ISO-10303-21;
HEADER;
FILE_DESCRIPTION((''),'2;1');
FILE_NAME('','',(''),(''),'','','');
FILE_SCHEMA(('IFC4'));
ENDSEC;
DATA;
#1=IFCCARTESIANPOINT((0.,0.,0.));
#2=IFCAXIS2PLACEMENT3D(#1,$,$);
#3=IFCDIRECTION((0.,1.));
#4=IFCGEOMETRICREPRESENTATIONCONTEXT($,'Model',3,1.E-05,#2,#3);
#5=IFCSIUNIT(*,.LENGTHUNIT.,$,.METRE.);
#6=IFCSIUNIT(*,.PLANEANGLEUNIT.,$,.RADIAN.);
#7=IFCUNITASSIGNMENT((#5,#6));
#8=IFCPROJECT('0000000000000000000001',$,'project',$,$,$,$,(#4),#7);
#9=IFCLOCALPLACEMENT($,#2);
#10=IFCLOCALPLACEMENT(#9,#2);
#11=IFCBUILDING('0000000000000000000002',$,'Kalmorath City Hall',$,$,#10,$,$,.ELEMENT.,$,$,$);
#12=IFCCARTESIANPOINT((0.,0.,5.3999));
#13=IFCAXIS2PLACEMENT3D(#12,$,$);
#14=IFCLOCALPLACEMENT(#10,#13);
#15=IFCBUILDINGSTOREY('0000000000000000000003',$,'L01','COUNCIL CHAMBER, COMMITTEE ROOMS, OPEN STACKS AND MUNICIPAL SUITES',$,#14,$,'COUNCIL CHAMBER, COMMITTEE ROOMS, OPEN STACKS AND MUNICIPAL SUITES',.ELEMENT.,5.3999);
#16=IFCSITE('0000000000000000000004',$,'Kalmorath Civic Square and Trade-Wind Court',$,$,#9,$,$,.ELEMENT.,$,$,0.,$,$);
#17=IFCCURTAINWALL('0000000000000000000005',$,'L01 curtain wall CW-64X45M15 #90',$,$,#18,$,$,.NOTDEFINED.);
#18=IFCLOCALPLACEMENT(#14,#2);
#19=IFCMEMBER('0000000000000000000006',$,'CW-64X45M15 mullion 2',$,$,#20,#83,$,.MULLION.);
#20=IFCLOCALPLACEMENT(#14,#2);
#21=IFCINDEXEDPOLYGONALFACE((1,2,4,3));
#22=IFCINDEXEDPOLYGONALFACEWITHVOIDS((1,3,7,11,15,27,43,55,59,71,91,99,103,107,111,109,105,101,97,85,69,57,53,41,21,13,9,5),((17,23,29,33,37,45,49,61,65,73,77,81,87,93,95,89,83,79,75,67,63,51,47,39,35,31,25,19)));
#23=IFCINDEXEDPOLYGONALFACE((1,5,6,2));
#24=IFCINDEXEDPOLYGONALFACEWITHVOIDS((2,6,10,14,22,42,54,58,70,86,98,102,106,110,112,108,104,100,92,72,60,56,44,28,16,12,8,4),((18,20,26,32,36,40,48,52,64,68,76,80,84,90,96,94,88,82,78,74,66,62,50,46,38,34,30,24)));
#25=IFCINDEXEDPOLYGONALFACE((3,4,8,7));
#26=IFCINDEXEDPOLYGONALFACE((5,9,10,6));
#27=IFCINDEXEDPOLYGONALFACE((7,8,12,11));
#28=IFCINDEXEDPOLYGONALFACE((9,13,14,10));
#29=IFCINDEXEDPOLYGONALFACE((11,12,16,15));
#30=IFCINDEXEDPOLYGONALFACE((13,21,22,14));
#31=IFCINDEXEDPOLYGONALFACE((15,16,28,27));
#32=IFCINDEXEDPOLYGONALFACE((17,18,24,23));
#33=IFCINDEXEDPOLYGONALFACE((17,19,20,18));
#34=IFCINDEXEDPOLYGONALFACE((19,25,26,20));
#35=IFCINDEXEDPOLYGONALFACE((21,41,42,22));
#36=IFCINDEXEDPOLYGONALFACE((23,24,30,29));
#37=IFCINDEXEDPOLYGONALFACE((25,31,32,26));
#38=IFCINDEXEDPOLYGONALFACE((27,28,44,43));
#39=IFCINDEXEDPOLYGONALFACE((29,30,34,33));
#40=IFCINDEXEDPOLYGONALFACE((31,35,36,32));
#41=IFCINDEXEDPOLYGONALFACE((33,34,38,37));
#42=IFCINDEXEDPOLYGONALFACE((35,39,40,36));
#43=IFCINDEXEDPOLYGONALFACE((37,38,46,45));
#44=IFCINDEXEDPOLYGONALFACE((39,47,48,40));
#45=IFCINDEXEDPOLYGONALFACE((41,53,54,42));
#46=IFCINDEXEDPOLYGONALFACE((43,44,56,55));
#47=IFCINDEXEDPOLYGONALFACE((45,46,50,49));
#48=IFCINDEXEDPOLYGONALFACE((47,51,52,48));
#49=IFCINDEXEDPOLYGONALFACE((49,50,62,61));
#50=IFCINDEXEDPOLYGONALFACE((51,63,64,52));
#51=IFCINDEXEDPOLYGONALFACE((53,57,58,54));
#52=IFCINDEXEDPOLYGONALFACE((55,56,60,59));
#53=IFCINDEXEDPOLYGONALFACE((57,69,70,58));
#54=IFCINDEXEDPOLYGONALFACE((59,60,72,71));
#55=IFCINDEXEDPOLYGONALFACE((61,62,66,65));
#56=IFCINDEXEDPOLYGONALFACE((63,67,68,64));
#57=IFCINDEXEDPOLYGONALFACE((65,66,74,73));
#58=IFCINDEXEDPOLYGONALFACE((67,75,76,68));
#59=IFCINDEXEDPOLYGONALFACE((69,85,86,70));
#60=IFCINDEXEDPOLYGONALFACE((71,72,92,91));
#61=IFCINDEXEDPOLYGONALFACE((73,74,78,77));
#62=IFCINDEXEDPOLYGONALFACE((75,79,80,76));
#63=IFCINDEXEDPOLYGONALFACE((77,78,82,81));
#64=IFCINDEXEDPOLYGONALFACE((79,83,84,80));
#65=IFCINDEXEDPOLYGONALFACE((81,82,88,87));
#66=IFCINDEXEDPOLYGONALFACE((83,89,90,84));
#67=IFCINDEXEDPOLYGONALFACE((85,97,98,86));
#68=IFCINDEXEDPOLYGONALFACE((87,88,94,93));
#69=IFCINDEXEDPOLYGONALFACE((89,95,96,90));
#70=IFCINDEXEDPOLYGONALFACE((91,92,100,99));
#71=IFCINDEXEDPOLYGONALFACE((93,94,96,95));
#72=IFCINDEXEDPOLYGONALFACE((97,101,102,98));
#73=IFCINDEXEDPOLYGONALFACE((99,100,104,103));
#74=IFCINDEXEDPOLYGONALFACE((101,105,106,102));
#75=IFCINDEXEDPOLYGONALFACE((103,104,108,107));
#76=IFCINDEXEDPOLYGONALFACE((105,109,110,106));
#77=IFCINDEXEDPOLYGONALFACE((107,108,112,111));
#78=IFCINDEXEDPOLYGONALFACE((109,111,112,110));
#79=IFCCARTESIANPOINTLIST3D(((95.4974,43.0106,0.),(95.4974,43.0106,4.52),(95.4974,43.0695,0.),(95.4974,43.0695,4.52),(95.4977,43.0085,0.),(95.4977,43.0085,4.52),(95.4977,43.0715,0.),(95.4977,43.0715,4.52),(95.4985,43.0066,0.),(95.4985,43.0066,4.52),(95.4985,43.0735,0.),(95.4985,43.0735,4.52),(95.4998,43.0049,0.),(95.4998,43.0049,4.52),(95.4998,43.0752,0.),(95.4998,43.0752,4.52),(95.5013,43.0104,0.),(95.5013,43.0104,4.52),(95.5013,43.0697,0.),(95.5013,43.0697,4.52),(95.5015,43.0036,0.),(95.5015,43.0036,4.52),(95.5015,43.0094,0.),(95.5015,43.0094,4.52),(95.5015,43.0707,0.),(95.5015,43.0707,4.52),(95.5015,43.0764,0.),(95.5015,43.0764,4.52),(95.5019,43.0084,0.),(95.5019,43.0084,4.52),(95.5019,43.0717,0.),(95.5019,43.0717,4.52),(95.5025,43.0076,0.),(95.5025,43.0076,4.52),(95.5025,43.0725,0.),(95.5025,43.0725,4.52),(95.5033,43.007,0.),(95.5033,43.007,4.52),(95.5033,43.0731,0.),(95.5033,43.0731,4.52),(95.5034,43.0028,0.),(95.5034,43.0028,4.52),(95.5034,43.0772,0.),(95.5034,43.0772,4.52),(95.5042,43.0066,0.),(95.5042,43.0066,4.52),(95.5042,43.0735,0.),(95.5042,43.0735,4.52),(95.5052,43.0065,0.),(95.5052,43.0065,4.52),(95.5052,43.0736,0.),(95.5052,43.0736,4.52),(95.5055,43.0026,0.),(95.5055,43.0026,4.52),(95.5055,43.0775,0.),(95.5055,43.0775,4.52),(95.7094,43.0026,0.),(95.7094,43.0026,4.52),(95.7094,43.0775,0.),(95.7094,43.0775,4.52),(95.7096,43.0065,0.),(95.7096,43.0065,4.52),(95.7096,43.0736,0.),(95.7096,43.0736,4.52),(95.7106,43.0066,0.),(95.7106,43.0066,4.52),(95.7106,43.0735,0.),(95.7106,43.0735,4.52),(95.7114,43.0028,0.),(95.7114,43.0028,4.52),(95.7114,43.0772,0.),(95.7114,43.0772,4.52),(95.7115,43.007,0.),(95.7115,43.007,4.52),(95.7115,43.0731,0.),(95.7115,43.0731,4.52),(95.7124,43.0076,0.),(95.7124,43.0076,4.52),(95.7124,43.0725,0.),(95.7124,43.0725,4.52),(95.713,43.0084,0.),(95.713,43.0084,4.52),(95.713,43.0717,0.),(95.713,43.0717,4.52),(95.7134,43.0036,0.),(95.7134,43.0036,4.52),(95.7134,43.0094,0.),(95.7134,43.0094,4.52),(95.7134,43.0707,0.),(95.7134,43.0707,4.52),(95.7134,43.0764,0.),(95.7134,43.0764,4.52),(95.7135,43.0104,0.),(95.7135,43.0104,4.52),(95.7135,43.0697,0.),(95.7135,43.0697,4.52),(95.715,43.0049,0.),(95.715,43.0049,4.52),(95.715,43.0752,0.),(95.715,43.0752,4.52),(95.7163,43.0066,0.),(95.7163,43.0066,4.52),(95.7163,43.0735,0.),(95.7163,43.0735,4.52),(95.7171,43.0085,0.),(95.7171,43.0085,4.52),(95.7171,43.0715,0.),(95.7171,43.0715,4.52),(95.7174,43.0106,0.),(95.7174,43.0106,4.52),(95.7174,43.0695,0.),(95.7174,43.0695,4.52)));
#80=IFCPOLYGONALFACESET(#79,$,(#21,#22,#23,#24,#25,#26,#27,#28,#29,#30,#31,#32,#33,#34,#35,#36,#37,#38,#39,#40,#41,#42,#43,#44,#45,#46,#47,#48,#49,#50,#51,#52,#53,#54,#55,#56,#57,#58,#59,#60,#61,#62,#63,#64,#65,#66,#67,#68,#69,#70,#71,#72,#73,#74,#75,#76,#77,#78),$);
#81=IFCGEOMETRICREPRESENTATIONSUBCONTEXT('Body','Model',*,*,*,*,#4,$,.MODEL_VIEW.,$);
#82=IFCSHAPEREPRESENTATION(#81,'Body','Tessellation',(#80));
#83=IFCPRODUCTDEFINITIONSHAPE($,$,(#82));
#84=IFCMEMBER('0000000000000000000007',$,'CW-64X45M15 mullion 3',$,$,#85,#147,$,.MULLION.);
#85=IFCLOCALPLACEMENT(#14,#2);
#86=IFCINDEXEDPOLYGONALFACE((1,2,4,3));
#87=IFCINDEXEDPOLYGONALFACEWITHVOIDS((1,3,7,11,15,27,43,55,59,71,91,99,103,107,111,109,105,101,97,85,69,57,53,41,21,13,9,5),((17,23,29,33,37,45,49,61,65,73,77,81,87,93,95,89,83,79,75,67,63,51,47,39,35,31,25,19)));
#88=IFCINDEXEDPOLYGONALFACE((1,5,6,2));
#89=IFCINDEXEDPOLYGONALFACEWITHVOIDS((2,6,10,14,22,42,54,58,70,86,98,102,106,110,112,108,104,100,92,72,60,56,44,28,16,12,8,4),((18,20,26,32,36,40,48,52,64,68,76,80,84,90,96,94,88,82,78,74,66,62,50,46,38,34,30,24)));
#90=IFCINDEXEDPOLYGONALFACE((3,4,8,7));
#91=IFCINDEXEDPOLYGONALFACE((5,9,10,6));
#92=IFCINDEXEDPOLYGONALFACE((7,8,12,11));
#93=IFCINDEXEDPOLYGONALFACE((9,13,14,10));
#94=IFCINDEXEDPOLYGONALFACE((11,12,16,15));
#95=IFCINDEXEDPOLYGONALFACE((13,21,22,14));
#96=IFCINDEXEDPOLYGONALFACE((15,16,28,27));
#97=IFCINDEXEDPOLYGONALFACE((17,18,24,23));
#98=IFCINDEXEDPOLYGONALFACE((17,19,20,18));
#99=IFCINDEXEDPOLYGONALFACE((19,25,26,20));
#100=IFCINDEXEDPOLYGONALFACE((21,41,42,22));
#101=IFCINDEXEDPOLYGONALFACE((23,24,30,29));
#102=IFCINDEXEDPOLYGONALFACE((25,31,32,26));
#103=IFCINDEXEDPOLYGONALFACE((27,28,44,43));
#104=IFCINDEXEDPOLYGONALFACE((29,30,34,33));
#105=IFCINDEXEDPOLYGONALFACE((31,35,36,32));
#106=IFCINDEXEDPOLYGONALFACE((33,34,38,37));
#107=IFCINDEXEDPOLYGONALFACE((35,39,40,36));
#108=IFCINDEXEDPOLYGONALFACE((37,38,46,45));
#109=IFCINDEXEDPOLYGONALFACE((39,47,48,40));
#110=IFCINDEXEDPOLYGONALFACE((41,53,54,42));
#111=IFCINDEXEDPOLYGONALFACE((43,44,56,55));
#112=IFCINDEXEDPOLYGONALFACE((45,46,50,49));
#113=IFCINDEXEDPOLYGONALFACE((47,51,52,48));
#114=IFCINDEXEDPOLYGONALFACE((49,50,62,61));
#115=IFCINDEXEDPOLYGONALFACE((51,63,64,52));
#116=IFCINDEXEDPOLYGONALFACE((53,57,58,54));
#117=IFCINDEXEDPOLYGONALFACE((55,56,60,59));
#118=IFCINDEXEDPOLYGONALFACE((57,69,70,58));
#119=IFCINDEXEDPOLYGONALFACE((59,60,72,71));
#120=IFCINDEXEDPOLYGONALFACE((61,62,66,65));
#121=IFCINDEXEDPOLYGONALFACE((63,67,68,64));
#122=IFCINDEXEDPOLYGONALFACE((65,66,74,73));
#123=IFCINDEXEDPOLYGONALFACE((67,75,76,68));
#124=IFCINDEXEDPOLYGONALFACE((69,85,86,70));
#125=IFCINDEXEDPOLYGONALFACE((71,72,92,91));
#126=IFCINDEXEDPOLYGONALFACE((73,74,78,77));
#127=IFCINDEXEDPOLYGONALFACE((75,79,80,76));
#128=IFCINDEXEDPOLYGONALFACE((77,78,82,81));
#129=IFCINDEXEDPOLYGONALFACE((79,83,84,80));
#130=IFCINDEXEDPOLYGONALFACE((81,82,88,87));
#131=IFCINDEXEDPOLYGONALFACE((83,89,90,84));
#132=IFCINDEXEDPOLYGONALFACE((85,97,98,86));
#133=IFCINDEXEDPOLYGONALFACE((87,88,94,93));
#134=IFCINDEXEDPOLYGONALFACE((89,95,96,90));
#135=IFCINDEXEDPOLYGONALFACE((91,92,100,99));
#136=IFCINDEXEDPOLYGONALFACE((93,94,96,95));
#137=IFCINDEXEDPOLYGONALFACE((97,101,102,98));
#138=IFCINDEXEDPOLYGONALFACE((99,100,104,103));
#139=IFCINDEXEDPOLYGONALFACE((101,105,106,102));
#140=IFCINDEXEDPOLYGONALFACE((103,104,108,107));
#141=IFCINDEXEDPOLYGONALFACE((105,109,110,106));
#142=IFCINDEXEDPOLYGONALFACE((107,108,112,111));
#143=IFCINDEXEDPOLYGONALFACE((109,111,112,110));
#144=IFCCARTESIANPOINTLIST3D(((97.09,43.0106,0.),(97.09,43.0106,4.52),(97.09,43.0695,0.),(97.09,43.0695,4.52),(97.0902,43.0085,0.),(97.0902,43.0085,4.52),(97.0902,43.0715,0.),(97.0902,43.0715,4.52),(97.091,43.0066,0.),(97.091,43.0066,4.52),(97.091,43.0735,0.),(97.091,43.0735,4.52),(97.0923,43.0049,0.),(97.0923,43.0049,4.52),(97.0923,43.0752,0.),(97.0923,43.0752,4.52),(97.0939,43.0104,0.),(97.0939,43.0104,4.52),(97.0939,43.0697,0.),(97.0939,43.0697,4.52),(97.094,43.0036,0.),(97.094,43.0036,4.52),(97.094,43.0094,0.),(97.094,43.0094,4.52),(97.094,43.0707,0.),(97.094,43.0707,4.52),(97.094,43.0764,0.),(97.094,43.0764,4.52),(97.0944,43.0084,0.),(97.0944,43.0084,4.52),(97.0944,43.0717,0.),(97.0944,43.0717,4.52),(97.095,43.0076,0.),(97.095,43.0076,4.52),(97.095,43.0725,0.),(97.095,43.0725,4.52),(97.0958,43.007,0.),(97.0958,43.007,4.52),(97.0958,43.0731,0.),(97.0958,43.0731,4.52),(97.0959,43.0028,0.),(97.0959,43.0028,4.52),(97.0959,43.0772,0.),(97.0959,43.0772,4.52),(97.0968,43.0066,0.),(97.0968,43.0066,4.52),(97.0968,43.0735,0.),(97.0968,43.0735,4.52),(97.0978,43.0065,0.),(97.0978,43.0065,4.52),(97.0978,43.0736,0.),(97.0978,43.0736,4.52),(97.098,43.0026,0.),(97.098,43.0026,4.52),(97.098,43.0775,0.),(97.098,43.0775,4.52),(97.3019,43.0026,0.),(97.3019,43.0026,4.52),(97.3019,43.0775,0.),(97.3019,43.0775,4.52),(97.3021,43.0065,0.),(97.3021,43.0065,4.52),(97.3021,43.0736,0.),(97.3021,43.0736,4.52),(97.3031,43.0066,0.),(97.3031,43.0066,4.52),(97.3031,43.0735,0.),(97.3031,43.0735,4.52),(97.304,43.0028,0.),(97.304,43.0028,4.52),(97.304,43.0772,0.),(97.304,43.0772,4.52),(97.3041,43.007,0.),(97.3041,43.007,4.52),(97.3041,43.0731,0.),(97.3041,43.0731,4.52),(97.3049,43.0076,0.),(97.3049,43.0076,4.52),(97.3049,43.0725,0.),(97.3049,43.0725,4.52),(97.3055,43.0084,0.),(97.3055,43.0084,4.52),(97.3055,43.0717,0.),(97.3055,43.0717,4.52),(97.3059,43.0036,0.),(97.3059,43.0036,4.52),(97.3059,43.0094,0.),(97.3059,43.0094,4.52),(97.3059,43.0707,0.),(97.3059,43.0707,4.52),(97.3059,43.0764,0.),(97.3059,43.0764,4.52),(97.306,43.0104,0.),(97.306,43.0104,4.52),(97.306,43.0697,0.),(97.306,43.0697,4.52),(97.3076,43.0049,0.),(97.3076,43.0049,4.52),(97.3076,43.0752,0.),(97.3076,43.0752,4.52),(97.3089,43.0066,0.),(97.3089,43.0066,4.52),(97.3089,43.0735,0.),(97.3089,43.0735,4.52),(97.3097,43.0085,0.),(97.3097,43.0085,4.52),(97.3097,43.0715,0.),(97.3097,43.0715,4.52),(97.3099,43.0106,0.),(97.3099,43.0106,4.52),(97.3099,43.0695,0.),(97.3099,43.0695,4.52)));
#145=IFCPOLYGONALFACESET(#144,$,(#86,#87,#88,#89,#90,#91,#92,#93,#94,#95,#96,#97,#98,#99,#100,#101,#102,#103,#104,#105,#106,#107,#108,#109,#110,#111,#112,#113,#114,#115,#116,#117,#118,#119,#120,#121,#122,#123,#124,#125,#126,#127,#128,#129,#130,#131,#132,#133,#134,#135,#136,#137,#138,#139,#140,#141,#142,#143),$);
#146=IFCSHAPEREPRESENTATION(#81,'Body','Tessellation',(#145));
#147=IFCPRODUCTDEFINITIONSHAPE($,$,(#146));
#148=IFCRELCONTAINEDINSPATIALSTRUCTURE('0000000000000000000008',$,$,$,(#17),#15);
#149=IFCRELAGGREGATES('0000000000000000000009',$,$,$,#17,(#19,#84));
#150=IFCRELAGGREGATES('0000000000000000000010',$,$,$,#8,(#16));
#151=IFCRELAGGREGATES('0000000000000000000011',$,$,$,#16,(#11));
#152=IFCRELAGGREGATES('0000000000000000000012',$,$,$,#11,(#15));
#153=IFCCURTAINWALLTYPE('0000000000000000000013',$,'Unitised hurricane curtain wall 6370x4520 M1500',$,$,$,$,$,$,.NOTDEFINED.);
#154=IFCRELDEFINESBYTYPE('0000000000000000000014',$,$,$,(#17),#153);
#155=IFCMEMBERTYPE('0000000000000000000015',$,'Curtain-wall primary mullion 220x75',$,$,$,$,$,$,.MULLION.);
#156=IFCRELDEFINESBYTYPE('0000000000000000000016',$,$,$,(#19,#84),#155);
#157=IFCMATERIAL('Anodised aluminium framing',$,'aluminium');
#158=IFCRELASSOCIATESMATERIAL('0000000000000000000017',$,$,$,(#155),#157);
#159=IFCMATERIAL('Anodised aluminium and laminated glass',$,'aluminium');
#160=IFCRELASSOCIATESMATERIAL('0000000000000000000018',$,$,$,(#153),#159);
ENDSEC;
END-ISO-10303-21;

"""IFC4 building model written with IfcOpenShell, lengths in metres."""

from ifc_helpers import new_model, si_unit, direction, frame, origin, origin_2d, place, context, subcontext, project, spatial, hollow_rectangle, extrude, material, material_profile, profile_set, type_object, element, aggregate, save


model = new_model("IFC4")

# Units and contexts
model_context = context("Model", 3, precision=1e-05, world=origin(), true_north=direction((0.0, 1.0)))
body_context = subcontext(model_context, "Body", "Model", "MODEL_VIEW")
ifc_project = project(units=[si_unit("LENGTHUNIT", "METRE"), si_unit("PLANEANGLEUNIT", "RADIAN")], contexts=[model_context])

# Site, building, storey
site_placement = place(None, origin())
site = spatial("IfcSite", under=ifc_project, at=site_placement, Name="Kalmorath Civic Square and Trade-Wind Court", CompositionType="ELEMENT", RefElevation=0.0)
building_placement = place(site_placement, origin())
building = spatial("IfcBuilding", under=site, at=building_placement, Name="Kalmorath City Hall", CompositionType="ELEMENT")
storey_placement = place(building_placement, frame((0.0, 0.0, 5.3999)))
storey = spatial("IfcBuildingStorey", under=building, at=storey_placement, Name="L01", Description="COUNCIL CHAMBER, COMMITTEE ROOMS, OPEN STACKS AND MUNICIPAL SUITES", LongName="COUNCIL CHAMBER, COMMITTEE ROOMS, OPEN STACKS AND MUNICIPAL SUITES", CompositionType="ELEMENT", Elevation=5.3999)

# Shared definitions
ifc_material_1 = material(Name="Anodised aluminium framing", Category="aluminium")
ifc_material_profile_1 = material_profile(ifc_material_1, hollow_rectangle(XDim=0.075, YDim=0.22, WallThickness=0.0039, InnerFilletRadius=0.0039, OuterFilletRadius=0.0081, at=origin_2d()), Name="ALU-MUL-220X75X4")
ifc_profile_set_1 = profile_set([ifc_material_profile_1], Name="Anodised aluminium framing")
member_type_1 = type_object("IfcMemberType", Name="Curtain-wall primary mullion 220x75", PredefinedType="MULLION", material=ifc_profile_set_1)

# Curtain wall, members
ifc_material_2 = material(Name="Anodised aluminium and laminated glass", Category="aluminium")
curtain_wall_type_1 = type_object("IfcCurtainWallType", Name="Unitised hurricane curtain wall 6370x4520 M1500", PredefinedType="NOTDEFINED", material=ifc_material_2)
curtain_wall_1_placement = place(storey_placement, origin())
curtain_wall_1 = element("IfcCurtainWall", 1, at=curtain_wall_1_placement, inside=storey, type_object=curtain_wall_type_1, Name="L01 curtain wall CW-64X45M15 #90", PredefinedType="NOTDEFINED")
member_1_placement = place(storey_placement, frame((95.6074, 43.04, 0.0), z_axis=(0.0, 0.0, 1.0), x_axis=(0.0, 1.0, 0.0)))
member_1 = element("IfcMember", 2, at=member_1_placement, type_object=member_type_1, Name="CW-64X45M15 mullion 2", PredefinedType="MULLION", context=body_context, shape_type="SweptSolid", body=[
    extrude(hollow_rectangle(XDim=0.075, YDim=0.22, WallThickness=0.0039, InnerFilletRadius=0.0039, OuterFilletRadius=0.0081, at=origin_2d()), origin(), (0.0, 0.0, 1.0), 4.52),
])
member_2_placement = place(storey_placement, frame((97.2, 43.04, 0.0), z_axis=(0.0, 0.0, 1.0), x_axis=(0.0, 1.0, 0.0)))
member_2 = element("IfcMember", 3, at=member_2_placement, type_object=member_type_1, Name="CW-64X45M15 mullion 3", PredefinedType="MULLION", context=body_context, shape_type="SweptSolid", body=[
    extrude(hollow_rectangle(XDim=0.075, YDim=0.22, WallThickness=0.0039, InnerFilletRadius=0.0039, OuterFilletRadius=0.0081, at=origin_2d()), origin(), (0.0, 0.0, 1.0), 4.52),
])

aggregate(curtain_wall_1, [member_1, member_2])

save(model, "model.ifc")
